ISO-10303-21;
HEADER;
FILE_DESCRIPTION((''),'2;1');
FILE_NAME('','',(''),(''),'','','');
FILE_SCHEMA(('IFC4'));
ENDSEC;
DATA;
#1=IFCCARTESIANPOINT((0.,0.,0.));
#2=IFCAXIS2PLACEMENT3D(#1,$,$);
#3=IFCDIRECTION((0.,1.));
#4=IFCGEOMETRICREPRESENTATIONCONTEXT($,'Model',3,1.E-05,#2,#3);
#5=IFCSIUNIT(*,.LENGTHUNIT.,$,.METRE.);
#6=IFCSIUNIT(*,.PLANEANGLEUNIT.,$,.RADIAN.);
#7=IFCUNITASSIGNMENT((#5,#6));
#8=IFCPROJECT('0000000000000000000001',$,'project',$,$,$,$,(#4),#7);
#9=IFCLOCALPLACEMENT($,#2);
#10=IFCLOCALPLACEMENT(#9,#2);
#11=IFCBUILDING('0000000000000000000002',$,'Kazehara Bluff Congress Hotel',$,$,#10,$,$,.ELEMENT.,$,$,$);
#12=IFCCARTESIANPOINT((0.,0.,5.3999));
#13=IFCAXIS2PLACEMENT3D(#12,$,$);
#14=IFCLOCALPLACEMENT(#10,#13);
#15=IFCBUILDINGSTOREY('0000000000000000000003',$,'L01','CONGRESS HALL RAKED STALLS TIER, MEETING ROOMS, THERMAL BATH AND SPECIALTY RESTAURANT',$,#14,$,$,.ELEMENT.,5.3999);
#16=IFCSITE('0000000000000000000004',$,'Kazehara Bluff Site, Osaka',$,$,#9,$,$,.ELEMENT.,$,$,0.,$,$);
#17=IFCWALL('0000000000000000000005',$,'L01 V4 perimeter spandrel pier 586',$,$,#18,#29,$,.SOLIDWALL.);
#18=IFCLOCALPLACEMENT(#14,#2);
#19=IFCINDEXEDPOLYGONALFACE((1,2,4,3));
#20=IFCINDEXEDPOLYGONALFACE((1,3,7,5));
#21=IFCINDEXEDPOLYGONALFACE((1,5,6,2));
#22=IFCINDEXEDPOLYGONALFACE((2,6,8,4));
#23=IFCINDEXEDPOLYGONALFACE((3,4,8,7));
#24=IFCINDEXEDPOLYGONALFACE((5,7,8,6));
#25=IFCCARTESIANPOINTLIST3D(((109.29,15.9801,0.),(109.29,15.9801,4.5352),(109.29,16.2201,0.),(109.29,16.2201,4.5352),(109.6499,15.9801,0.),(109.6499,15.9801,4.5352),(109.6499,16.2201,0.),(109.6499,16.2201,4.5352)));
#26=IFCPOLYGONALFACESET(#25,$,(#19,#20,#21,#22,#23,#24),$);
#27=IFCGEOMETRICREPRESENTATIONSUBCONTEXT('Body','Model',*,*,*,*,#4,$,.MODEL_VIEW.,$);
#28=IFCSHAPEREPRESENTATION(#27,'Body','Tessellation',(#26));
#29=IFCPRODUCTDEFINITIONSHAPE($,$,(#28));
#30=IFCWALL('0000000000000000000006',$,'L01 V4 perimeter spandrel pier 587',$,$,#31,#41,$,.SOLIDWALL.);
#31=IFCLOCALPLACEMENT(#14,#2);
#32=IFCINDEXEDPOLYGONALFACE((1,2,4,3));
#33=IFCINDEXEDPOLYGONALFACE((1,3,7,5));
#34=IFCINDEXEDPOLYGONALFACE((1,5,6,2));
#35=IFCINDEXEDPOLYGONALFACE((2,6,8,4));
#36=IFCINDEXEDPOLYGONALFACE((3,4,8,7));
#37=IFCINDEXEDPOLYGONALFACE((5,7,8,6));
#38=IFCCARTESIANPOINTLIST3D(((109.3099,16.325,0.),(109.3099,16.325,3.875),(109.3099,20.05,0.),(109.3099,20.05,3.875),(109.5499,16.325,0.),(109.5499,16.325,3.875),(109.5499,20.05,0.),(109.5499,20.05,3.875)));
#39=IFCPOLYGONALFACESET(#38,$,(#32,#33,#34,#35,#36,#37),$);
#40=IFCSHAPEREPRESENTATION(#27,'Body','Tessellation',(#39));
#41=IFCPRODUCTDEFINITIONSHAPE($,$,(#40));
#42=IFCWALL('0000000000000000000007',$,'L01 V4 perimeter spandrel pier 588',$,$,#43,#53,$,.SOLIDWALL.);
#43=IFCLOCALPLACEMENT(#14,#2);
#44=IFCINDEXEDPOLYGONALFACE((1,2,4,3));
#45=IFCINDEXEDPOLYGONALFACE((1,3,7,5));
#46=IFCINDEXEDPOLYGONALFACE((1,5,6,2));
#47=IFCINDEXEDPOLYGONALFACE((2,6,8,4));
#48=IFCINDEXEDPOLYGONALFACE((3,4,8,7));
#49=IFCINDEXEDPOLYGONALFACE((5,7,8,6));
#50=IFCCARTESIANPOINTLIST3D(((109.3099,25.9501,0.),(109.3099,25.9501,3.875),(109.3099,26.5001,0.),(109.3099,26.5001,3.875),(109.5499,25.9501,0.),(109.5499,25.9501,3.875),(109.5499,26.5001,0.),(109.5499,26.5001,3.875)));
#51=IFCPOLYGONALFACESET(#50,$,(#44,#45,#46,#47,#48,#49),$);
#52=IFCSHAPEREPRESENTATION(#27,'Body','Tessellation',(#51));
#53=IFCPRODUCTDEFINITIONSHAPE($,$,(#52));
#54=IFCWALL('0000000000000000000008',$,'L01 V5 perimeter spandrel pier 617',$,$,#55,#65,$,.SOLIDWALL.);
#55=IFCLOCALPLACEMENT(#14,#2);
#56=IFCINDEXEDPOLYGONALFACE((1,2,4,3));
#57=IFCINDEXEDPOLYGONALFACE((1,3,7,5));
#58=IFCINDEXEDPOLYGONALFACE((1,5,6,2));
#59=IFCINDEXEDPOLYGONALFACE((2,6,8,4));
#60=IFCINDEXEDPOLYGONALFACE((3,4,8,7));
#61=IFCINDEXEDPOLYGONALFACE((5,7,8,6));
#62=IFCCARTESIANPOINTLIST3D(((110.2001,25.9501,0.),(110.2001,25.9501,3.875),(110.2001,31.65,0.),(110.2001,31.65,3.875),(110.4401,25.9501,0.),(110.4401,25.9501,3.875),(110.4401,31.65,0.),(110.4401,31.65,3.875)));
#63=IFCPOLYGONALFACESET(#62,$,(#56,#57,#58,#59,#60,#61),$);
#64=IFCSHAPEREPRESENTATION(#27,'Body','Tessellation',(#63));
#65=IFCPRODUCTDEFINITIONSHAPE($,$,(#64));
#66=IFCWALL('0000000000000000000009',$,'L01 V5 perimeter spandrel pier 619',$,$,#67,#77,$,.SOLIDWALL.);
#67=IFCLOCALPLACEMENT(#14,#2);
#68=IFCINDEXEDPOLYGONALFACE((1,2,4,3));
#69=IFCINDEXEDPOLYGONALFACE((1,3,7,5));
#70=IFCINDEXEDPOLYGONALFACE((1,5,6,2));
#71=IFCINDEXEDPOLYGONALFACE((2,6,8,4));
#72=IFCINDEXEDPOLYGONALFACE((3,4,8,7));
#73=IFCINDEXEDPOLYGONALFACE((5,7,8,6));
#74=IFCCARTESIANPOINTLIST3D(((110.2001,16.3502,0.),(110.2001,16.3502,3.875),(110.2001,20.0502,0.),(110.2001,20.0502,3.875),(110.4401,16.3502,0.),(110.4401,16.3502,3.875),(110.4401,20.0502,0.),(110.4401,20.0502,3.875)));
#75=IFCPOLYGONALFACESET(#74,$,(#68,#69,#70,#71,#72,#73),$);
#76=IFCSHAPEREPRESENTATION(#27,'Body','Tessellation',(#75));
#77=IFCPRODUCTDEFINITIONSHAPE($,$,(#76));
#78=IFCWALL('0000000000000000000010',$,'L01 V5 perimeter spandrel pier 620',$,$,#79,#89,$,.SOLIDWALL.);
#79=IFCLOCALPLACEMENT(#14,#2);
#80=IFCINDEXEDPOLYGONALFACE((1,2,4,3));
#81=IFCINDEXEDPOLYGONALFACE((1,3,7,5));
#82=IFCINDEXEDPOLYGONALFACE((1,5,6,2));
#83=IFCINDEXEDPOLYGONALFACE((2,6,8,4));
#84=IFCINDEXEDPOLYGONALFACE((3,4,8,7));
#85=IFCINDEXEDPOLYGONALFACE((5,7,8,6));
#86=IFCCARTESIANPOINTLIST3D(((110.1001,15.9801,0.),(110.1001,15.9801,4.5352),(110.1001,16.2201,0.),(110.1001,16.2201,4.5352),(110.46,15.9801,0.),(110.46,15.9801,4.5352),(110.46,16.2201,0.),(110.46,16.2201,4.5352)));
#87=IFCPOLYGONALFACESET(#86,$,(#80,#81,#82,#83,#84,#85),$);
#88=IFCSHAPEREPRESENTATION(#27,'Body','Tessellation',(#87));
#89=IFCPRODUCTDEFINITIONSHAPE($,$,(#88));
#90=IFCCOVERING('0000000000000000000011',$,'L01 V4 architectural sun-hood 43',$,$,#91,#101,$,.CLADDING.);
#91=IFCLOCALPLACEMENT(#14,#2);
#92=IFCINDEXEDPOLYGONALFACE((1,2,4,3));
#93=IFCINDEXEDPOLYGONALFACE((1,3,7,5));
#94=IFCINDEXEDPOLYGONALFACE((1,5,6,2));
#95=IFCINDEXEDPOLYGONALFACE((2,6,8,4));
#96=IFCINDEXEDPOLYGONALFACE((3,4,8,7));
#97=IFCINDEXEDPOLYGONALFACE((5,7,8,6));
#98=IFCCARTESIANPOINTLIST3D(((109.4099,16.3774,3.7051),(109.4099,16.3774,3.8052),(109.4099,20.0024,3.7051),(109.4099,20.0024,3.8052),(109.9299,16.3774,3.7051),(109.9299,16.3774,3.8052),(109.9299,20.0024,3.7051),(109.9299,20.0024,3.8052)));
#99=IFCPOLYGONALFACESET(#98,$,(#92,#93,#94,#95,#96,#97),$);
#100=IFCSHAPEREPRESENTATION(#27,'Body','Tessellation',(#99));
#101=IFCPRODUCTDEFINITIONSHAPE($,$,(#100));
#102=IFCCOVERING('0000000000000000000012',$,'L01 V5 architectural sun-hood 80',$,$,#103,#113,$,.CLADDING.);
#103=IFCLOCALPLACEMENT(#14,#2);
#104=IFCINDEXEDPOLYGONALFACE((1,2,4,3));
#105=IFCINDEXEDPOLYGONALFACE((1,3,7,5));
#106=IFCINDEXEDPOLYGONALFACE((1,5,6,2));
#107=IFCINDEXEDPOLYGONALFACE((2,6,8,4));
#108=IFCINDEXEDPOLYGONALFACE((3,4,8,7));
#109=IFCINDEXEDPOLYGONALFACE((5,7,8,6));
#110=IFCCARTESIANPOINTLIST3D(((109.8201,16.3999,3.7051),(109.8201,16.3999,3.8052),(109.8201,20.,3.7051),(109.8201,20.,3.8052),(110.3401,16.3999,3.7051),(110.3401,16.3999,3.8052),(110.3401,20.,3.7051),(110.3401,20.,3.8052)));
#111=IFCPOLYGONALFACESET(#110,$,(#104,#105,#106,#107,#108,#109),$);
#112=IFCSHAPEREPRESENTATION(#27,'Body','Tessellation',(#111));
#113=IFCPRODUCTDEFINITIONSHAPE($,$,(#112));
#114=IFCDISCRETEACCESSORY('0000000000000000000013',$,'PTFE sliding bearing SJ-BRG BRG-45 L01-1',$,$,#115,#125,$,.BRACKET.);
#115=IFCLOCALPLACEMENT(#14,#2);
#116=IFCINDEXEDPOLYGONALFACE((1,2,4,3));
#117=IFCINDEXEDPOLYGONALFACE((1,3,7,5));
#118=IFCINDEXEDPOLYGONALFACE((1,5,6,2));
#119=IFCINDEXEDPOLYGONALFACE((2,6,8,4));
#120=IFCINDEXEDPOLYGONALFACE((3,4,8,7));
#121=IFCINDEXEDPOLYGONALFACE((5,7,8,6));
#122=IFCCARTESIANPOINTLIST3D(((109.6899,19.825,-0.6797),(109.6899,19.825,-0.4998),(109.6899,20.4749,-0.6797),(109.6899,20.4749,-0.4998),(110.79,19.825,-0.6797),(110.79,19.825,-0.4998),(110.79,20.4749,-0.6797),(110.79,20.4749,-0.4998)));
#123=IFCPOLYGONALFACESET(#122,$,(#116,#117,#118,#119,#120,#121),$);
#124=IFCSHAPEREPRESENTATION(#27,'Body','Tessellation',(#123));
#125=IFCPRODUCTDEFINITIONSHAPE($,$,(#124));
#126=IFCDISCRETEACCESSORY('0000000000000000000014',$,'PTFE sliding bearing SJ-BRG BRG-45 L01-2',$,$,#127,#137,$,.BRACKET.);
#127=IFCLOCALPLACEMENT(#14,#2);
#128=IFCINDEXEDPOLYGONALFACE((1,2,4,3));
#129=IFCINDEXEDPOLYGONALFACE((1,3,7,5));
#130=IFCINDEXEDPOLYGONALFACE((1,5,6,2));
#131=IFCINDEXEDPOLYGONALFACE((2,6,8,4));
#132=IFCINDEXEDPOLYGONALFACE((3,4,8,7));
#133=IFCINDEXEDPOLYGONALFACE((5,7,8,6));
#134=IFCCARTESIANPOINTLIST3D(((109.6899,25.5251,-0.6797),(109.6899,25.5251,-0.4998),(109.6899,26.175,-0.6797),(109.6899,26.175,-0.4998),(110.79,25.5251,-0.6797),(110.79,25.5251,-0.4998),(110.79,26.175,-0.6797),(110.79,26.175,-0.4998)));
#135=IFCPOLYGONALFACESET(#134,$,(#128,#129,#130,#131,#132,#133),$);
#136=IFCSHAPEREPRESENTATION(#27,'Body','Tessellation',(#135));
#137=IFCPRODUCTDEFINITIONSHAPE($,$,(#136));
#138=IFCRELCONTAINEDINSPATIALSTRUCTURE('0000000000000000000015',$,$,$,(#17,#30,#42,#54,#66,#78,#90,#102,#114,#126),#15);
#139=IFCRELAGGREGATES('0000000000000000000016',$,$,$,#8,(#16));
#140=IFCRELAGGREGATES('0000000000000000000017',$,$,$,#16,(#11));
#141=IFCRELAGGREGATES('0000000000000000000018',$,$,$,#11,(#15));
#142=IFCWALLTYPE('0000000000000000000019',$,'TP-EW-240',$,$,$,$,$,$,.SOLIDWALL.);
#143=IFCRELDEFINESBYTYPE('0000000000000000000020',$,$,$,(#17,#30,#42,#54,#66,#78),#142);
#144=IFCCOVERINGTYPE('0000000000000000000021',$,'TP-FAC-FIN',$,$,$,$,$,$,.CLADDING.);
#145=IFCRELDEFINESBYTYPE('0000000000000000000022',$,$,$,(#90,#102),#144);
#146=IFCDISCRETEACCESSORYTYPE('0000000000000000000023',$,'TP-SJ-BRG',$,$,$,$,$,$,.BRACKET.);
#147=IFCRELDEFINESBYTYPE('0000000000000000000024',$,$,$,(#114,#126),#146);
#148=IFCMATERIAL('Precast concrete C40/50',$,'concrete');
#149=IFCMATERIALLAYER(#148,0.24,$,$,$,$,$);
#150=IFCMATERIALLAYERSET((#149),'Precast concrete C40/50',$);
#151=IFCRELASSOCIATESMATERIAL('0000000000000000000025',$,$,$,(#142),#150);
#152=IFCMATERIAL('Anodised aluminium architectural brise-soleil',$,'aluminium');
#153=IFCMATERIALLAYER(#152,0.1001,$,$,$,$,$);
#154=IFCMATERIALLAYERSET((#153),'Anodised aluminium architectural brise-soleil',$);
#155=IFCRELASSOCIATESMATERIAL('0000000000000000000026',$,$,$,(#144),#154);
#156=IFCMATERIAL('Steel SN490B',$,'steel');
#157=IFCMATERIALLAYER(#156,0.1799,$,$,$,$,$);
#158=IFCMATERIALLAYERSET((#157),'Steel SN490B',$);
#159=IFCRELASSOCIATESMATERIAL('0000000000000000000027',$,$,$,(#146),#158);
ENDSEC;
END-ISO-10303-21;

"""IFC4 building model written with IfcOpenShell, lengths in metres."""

from ifc_helpers import new_model, si_unit, direction, frame, frame_2d, origin, origin_2d, place, context, subcontext, project, spatial, rectangle, extrude, material, layer, layer_set, type_object, element, save


model = new_model("IFC4")

# Units and contexts
model_context = context("Model", 3, precision=1e-05, world=origin(), true_north=direction((0.0, 1.0)))
body_context = subcontext(model_context, "Body", "Model", "MODEL_VIEW")
ifc_project = project(units=[si_unit("LENGTHUNIT", "METRE"), si_unit("PLANEANGLEUNIT", "RADIAN")], contexts=[model_context])

# Site, building, storey
site_placement = place(None, origin())
site = spatial("IfcSite", under=ifc_project, at=site_placement, Name="Kazehara Bluff Site, Osaka", CompositionType="ELEMENT", RefElevation=0.0)
building_placement = place(site_placement, origin())
building = spatial("IfcBuilding", under=site, at=building_placement, Name="Kazehara Bluff Congress Hotel", CompositionType="ELEMENT")
storey_placement = place(building_placement, frame((0.0, 0.0, 5.3999)))
storey = spatial("IfcBuildingStorey", under=building, at=storey_placement, Name="L01", Description="CONGRESS HALL RAKED STALLS TIER, MEETING ROOMS, THERMAL BATH AND SPECIALTY RESTAURANT", CompositionType="ELEMENT", Elevation=5.3999)

# Walls
ifc_material_1 = material(Name="Precast concrete C40/50", Category="concrete")
ifc_layer_1 = layer(ifc_material_1, 0.24)
ifc_layer_set_1 = layer_set([ifc_layer_1], Name="Precast concrete C40/50")
wall_type = type_object("IfcWallType", Name="TP-EW-240", PredefinedType="SOLIDWALL", material=ifc_layer_set_1)
wall_1_placement = place(storey_placement, frame((109.6499, 16.1001, 0.0), z_axis=(0.0, 0.0, 1.0), x_axis=(-1.0, 0.0, 0.0)))
element("IfcWall", 1, at=wall_1_placement, inside=storey, type_object=wall_type, Name="L01 V4 perimeter spandrel pier 586", PredefinedType="SOLIDWALL", context=body_context, shape_type="SweptSolid", body=[
    extrude(rectangle(XDim=0.3599, YDim=0.24, at=frame_2d((0.1799, 0.0))), origin(), (0.0, 0.0, 1.0), 4.5352),
])
wall_2_placement = place(storey_placement, frame((109.4299, 20.05, 0.0), z_axis=(0.0, 0.0, 1.0), x_axis=(0.0, -1.0, 0.0)))
element("IfcWall", 2, at=wall_2_placement, inside=storey, type_object=wall_type, Name="L01 V4 perimeter spandrel pier 587", PredefinedType="SOLIDWALL", context=body_context, shape_type="SweptSolid", body=[
    extrude(rectangle(XDim=3.7251, YDim=0.24, at=frame_2d((1.8625, 0.0))), origin(), (0.0, 0.0, 1.0), 3.875),
])
wall_3_placement = place(storey_placement, frame((109.4299, 26.5, 0.0), z_axis=(0.0, 0.0, 1.0), x_axis=(0.0, -1.0, 0.0)))
element("IfcWall", 3, at=wall_3_placement, inside=storey, type_object=wall_type, Name="L01 V4 perimeter spandrel pier 588", PredefinedType="SOLIDWALL", context=body_context, shape_type="SweptSolid", body=[
    extrude(rectangle(XDim=0.55, YDim=0.24, at=frame_2d((0.2749, 0.0))), origin(), (0.0, 0.0, 1.0), 3.875),
])
wall_4_placement = place(storey_placement, frame((110.3201, 25.95, 0.0), z_axis=(0.0, 0.0, 1.0), x_axis=(0.0, 1.0, 0.0)))
element("IfcWall", 4, at=wall_4_placement, inside=storey, type_object=wall_type, Name="L01 V5 perimeter spandrel pier 617", PredefinedType="SOLIDWALL", context=body_context, shape_type="SweptSolid", body=[
    extrude(rectangle(XDim=5.7, YDim=0.24, at=frame_2d((2.8501, 0.0))), origin(), (0.0, 0.0, 1.0), 3.875),
])
wall_5_placement = place(storey_placement, frame((110.3201, 16.3501, 0.0), z_axis=(0.0, 0.0, 1.0), x_axis=(0.0, 1.0, 0.0)))
element("IfcWall", 5, at=wall_5_placement, inside=storey, type_object=wall_type, Name="L01 V5 perimeter spandrel pier 619", PredefinedType="SOLIDWALL", context=body_context, shape_type="SweptSolid", body=[
    extrude(rectangle(XDim=3.7, YDim=0.24, at=frame_2d((1.8501, 0.0))), origin(), (0.0, 0.0, 1.0), 3.875),
])
wall_6_placement = place(storey_placement, frame((110.46, 16.1001, 0.0), z_axis=(0.0, 0.0, 1.0), x_axis=(-1.0, 0.0, 0.0)))
element("IfcWall", 6, at=wall_6_placement, inside=storey, type_object=wall_type, Name="L01 V5 perimeter spandrel pier 620", PredefinedType="SOLIDWALL", context=body_context, shape_type="SweptSolid", body=[
    extrude(rectangle(XDim=0.3599, YDim=0.24, at=frame_2d((0.1799, 0.0))), origin(), (0.0, 0.0, 1.0), 4.5352),
])

# Coverings
ifc_material_2 = material(Name="Anodised aluminium architectural brise-soleil", Category="aluminium")
ifc_layer_2 = layer(ifc_material_2, 0.1001)
ifc_layer_set_2 = layer_set([ifc_layer_2], Name="Anodised aluminium architectural brise-soleil")
covering_type = type_object("IfcCoveringType", Name="TP-FAC-FIN", PredefinedType="CLADDING", material=ifc_layer_set_2)
covering_1_placement = place(storey_placement, frame((109.6699, 18.1899, 3.7051), z_axis=(0.0, 0.0, 1.0), x_axis=(1.0, 0.0, 0.0)))
element("IfcCovering", 7, at=covering_1_placement, inside=storey, type_object=covering_type, Name="L01 V4 architectural sun-hood 43", PredefinedType="CLADDING", context=body_context, shape_type="SweptSolid", body=[
    extrude(rectangle(XDim=0.52, YDim=3.625, at=origin_2d()), origin(), (0.0, 0.0, 1.0), 0.1001),
])
covering_2_placement = place(storey_placement, frame((110.0801, 18.2, 3.7051), z_axis=(0.0, 0.0, 1.0), x_axis=(1.0, 0.0, 0.0)))
element("IfcCovering", 8, at=covering_2_placement, inside=storey, type_object=covering_type, Name="L01 V5 architectural sun-hood 80", PredefinedType="CLADDING", context=body_context, shape_type="SweptSolid", body=[
    extrude(rectangle(XDim=0.52, YDim=3.6001, at=origin_2d()), origin(), (0.0, 0.0, 1.0), 0.1001),
])

# Discrete accessories
ifc_material_3 = material(Name="Steel SN490B", Category="steel")
ifc_layer_3 = layer(ifc_material_3, 0.1799)
ifc_layer_set_3 = layer_set([ifc_layer_3], Name="Steel SN490B")
discrete_accessory_type = type_object("IfcDiscreteAccessoryType", Name="TP-SJ-BRG", PredefinedType="BRACKET", material=ifc_layer_set_3)
for number, where, z_axis, x_axis, name in (
    (9, (110.24, 20.1499, -0.6797), (0.0, 0.0, 1.0), (1.0, 0.0, 0.0), "PTFE sliding bearing SJ-BRG BRG-45 L01-1"),
    (10, (110.24, 25.8501, -0.6797), (0.0, 0.0, 1.0), (1.0, 0.0, 0.0), "PTFE sliding bearing SJ-BRG BRG-45 L01-2"),
):
    element("IfcDiscreteAccessory", number, at=place(storey_placement, frame(where, z_axis=z_axis, x_axis=x_axis)), inside=storey, type_object=discrete_accessory_type, Name=name, PredefinedType="BRACKET", context=body_context, shape_type="SweptSolid", body=[
        extrude(rectangle(XDim=1.1001, YDim=0.6499, at=origin_2d()), origin(), (0.0, 0.0, 1.0), 0.1799),
    ])

save(model, "model.ifc")
